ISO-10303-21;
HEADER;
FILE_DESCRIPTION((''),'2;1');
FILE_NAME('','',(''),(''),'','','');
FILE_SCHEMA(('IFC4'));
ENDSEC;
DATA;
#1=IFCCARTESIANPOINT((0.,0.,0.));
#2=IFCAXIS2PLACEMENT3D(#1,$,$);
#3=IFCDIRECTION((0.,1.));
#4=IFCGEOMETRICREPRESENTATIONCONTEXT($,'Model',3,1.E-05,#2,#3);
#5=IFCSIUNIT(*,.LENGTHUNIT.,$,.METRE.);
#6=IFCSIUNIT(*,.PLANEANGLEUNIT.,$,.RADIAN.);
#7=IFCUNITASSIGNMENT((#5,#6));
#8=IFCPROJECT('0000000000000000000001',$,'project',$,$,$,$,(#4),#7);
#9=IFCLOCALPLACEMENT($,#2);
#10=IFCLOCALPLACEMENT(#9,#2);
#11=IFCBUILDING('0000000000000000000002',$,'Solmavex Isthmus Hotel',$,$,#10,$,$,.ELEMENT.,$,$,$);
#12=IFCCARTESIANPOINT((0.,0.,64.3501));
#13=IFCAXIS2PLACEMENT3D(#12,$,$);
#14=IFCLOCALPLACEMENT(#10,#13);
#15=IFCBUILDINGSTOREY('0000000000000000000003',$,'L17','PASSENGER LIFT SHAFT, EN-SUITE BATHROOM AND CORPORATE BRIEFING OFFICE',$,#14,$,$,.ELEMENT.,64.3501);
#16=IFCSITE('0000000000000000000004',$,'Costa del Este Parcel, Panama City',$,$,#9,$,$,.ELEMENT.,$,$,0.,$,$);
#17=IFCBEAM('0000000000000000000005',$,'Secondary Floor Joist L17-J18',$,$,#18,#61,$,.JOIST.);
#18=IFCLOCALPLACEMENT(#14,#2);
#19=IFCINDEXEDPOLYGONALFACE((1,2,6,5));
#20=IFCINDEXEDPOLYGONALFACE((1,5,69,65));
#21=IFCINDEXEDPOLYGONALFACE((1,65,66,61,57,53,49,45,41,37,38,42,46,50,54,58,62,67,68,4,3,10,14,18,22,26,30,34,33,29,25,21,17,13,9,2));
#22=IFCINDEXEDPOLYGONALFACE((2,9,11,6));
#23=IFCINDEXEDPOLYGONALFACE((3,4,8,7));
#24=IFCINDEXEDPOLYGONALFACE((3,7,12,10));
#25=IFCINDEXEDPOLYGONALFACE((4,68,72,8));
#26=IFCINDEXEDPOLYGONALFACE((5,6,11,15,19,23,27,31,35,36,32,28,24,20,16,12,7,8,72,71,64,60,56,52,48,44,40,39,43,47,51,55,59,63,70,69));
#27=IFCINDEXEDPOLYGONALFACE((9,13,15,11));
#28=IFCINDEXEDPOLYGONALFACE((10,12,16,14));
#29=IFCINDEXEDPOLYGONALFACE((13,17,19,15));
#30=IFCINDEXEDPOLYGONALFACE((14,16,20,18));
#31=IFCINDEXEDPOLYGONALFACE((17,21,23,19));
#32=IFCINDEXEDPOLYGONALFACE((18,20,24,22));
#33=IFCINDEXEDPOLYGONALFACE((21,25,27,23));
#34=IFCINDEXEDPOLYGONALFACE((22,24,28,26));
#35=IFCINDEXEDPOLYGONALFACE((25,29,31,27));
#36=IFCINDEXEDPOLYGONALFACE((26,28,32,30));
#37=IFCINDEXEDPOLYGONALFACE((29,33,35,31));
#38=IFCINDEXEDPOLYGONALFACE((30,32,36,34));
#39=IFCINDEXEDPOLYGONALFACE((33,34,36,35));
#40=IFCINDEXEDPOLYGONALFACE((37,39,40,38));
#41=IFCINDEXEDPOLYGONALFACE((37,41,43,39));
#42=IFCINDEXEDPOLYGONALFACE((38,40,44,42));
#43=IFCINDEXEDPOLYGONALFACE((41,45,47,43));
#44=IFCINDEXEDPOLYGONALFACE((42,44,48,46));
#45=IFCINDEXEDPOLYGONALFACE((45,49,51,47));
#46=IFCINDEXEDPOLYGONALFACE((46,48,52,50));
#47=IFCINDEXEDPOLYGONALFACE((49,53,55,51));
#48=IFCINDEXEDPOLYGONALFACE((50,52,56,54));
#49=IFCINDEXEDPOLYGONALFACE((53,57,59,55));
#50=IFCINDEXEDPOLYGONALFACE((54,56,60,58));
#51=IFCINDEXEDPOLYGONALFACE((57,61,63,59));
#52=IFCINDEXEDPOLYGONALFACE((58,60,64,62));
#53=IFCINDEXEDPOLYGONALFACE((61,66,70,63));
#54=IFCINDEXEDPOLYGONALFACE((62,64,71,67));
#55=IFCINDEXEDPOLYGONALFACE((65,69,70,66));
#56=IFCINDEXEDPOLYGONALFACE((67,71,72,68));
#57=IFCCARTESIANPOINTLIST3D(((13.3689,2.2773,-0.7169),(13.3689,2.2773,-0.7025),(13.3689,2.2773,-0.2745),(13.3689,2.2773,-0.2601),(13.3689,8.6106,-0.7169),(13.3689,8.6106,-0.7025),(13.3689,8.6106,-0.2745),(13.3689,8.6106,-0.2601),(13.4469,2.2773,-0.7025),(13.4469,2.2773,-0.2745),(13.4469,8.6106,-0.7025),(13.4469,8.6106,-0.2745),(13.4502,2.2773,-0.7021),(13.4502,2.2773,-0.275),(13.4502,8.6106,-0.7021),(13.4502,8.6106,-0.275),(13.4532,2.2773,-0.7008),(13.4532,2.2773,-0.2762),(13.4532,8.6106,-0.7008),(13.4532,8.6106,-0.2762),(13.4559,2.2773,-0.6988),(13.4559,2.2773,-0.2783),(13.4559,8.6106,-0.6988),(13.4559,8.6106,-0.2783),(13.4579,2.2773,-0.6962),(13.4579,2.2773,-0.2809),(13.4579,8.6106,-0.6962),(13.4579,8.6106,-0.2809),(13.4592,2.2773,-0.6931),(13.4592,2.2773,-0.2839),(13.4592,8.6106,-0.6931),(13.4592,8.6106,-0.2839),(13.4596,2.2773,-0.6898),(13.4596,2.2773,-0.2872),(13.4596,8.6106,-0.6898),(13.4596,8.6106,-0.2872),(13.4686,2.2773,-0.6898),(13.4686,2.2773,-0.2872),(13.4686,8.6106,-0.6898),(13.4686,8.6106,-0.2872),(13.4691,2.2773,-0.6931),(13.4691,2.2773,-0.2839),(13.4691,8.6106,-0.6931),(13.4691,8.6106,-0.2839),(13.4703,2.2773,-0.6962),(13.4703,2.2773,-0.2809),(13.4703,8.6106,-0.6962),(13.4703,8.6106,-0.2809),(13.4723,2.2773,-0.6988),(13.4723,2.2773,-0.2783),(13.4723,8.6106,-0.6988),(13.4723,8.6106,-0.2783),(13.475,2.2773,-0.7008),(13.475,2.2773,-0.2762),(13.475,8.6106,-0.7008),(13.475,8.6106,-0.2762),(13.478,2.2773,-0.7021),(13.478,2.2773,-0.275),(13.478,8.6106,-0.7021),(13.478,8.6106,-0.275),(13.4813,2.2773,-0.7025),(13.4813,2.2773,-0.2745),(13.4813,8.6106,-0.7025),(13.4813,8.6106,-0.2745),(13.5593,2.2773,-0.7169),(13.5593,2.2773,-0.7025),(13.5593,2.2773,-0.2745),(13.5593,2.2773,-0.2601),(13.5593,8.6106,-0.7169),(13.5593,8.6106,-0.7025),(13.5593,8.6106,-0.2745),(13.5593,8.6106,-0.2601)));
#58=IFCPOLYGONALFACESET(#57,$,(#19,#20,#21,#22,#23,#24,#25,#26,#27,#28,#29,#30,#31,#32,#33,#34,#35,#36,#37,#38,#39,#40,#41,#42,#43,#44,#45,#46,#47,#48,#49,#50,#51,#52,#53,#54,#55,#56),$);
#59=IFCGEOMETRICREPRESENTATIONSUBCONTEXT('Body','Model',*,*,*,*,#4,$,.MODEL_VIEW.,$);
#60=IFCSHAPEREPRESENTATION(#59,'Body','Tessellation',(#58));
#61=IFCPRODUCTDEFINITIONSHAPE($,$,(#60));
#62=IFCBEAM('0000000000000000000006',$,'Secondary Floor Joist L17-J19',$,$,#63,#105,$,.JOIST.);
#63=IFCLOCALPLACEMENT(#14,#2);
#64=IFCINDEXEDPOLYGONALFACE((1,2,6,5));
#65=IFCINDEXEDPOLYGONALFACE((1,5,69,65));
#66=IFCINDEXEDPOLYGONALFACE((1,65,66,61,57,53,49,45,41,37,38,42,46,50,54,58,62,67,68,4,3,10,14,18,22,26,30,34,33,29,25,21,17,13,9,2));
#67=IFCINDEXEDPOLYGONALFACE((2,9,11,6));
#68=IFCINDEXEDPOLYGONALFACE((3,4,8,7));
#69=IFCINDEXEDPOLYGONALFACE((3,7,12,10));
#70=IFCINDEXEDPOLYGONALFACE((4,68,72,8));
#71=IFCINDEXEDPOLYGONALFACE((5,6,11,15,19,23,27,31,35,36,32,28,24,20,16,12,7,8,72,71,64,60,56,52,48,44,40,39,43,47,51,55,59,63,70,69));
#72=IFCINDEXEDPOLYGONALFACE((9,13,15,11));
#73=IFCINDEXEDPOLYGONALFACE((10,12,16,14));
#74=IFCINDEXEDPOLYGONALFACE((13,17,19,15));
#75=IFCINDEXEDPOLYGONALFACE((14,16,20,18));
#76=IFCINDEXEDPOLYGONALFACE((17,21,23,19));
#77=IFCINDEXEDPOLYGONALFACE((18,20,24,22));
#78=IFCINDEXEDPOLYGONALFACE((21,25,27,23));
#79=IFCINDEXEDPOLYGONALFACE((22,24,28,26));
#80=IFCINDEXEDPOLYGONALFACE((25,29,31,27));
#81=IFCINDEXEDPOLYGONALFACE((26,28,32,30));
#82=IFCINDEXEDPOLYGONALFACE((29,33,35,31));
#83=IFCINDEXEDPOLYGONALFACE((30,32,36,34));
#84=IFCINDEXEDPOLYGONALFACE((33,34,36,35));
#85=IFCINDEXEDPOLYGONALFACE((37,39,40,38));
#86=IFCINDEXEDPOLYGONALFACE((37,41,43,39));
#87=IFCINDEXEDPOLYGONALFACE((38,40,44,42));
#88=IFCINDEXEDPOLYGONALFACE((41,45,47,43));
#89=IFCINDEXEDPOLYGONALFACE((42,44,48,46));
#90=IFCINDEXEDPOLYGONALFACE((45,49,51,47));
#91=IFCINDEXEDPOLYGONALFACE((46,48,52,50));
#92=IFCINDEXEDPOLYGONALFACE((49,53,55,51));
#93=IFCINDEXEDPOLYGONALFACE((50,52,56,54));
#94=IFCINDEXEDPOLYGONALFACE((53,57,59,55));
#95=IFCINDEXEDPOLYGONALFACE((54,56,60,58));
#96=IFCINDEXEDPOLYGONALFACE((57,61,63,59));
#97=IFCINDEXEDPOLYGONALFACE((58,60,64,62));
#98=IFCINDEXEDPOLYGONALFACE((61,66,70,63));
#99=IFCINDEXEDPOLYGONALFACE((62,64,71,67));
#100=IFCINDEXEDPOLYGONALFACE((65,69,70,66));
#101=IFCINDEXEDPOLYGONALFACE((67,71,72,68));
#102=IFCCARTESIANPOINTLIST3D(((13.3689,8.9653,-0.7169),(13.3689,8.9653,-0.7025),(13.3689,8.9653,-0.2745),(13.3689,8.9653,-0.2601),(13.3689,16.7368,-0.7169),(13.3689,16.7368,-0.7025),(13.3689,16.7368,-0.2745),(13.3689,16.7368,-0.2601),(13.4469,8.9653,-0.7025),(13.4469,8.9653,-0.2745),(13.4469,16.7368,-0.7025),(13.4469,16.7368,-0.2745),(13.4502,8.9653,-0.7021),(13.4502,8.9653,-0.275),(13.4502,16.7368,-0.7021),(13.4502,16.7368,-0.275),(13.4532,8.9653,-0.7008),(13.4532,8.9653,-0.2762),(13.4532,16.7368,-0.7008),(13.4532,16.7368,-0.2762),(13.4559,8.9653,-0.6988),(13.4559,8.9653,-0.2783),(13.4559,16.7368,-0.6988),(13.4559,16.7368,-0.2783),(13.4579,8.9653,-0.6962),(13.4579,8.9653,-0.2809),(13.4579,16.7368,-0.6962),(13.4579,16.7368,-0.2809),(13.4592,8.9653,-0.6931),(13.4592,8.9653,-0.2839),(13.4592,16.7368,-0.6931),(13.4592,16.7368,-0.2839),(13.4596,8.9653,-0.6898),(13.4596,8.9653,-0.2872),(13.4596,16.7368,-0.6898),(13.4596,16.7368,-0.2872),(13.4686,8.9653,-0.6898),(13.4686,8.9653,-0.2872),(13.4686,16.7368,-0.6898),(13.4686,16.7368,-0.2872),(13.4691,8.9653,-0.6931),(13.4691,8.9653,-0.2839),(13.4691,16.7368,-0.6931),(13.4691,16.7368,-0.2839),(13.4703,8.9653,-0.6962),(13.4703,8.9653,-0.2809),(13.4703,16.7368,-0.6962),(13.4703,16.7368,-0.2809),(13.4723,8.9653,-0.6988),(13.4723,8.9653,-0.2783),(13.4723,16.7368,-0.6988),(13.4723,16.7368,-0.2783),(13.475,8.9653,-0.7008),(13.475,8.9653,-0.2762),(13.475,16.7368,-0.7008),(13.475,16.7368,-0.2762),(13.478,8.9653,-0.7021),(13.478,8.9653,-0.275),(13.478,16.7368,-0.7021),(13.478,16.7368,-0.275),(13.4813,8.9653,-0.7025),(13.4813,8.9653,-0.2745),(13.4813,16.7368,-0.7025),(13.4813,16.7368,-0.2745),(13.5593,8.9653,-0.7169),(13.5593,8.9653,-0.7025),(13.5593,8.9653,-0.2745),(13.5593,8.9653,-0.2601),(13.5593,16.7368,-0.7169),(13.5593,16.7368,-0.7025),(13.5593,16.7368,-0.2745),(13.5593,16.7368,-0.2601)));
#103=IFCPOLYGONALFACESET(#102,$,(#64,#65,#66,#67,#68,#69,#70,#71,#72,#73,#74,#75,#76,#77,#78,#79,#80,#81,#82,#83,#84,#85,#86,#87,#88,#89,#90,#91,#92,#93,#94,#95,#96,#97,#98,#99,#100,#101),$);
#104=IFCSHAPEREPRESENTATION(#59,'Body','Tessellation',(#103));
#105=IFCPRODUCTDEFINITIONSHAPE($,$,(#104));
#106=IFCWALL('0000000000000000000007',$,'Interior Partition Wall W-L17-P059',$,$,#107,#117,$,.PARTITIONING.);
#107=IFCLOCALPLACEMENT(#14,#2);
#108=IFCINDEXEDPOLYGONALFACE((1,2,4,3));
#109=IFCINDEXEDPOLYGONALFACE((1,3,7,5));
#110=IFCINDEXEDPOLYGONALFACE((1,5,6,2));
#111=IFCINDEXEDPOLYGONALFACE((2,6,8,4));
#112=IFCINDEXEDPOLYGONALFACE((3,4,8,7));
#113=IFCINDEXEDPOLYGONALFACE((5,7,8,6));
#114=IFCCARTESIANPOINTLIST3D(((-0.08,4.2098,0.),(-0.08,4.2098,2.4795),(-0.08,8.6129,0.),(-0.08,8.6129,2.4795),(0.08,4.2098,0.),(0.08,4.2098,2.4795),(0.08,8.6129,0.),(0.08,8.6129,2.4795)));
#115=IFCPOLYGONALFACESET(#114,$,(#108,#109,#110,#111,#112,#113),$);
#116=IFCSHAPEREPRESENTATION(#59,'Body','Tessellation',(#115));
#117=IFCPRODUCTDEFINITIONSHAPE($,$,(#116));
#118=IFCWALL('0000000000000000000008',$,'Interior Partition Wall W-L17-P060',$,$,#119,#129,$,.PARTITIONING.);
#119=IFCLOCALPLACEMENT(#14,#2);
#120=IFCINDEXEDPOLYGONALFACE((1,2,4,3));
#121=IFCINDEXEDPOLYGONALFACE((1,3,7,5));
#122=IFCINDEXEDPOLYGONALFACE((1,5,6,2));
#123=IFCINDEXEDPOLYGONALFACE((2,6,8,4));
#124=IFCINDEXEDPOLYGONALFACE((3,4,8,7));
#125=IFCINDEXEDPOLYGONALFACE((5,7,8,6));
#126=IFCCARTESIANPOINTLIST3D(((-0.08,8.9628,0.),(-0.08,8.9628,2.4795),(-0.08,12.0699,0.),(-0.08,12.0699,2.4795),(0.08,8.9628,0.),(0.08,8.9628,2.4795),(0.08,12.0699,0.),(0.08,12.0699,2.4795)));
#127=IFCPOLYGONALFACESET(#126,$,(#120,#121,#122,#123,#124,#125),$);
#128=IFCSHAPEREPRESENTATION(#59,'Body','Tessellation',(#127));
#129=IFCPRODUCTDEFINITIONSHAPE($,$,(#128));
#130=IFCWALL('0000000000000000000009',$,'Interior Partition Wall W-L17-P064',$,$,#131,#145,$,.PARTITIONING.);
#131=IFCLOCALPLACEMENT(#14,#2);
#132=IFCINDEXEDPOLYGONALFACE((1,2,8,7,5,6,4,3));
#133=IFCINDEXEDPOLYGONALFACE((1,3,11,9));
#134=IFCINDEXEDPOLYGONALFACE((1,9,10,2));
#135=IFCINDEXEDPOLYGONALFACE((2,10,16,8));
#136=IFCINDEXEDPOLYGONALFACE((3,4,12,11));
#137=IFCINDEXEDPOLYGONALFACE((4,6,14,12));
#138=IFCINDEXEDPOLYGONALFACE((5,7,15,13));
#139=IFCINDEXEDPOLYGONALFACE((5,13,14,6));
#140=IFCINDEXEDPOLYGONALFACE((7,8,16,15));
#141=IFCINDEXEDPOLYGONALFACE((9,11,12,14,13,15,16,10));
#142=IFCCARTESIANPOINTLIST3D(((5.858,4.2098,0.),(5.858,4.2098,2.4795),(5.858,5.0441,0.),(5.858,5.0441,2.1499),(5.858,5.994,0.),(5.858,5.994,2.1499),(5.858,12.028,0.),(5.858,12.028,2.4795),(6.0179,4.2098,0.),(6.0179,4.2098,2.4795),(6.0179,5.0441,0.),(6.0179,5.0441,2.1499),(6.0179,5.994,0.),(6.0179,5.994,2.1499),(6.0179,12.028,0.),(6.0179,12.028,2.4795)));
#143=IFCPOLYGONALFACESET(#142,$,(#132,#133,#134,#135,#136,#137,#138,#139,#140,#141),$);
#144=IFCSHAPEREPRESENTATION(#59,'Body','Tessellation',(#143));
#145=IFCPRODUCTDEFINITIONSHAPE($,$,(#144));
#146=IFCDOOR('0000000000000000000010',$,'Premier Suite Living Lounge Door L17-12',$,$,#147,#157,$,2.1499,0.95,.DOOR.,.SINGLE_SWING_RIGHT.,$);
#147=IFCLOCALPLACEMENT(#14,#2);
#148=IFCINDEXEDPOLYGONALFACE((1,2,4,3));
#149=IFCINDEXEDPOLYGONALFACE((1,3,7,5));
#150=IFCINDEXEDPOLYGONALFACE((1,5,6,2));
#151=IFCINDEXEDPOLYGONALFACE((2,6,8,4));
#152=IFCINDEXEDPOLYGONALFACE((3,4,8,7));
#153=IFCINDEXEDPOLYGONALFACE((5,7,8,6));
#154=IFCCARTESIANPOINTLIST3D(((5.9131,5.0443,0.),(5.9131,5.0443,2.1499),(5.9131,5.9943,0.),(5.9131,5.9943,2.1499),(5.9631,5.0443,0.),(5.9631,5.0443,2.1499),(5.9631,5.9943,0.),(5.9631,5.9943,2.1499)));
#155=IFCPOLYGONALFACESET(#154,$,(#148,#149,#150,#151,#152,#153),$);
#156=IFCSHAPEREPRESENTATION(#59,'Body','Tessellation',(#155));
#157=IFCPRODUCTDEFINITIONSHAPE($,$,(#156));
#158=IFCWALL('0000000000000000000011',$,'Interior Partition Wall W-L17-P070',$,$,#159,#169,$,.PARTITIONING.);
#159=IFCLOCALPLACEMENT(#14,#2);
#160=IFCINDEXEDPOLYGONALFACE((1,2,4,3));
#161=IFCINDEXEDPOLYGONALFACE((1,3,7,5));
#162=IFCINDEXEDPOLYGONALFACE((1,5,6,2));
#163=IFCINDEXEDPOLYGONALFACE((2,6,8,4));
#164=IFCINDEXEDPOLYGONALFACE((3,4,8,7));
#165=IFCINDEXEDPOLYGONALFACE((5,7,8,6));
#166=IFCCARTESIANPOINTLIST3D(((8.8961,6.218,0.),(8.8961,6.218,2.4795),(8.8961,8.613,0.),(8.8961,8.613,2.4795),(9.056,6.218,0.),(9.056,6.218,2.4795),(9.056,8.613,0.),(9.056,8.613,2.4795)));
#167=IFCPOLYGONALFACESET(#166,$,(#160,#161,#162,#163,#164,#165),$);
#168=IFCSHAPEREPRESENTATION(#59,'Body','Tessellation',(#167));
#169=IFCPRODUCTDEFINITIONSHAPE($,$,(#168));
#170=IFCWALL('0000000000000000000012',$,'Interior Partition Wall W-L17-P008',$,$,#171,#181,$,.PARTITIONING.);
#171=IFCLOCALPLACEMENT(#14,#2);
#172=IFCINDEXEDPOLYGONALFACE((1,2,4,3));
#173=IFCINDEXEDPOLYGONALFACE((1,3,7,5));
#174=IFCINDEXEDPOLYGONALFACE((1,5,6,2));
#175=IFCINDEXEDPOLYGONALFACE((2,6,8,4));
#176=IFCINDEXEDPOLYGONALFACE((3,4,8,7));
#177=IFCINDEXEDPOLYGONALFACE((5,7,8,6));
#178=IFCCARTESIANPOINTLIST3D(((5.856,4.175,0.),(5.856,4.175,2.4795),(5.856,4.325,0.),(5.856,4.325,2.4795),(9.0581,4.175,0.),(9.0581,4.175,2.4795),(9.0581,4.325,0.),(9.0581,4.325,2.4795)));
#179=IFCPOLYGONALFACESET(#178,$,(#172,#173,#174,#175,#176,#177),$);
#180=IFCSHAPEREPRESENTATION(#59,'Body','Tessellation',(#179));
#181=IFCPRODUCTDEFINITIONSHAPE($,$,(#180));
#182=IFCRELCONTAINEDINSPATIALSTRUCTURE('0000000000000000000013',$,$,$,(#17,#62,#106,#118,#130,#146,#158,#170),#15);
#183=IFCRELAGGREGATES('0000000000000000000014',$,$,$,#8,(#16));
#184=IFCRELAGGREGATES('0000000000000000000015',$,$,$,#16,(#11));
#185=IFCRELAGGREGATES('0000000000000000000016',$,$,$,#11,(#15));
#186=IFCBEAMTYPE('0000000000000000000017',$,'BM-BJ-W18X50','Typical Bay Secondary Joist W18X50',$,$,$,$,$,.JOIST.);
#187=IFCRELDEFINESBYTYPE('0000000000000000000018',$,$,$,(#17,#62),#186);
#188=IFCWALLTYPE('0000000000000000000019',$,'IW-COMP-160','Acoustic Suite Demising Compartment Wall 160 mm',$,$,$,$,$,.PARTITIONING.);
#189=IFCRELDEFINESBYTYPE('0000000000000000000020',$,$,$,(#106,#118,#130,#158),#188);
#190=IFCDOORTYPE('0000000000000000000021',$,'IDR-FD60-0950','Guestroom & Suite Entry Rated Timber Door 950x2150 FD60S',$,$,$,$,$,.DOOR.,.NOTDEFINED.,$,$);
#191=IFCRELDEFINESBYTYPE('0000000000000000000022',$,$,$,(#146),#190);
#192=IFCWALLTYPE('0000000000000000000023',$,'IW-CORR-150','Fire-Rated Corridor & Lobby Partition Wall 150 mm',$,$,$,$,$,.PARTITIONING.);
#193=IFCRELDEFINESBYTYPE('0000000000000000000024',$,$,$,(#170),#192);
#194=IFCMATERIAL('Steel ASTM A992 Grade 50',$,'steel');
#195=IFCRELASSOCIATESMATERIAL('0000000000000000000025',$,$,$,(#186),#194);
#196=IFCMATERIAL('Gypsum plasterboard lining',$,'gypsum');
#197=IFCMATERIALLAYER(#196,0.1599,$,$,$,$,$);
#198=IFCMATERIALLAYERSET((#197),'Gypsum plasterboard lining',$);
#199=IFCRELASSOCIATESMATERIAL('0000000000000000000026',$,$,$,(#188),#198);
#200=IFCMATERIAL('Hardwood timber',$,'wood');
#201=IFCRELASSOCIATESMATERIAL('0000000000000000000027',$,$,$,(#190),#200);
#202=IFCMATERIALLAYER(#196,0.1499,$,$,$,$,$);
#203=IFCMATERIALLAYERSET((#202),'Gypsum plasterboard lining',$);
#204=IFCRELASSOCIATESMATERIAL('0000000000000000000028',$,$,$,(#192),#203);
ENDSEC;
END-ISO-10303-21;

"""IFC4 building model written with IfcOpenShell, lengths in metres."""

from ifc_helpers import new_model, si_unit, direction, frame, frame_2d, origin, origin_2d, place, context, subcontext, project, spatial, rectangle, i_section, extrude, material, layer, layer_set, material_profile, profile_set, type_object, element, fill, save


model = new_model("IFC4")

# Units and contexts
model_context = context("Model", 3, precision=1e-05, world=origin(), true_north=direction((0.0, 1.0)))
body_context = subcontext(model_context, "Body", "Model", "MODEL_VIEW")
ifc_project = project(units=[si_unit("LENGTHUNIT", "METRE"), si_unit("PLANEANGLEUNIT", "RADIAN")], contexts=[model_context])

# Site, building, storey
site_placement = place(None, origin())
site = spatial("IfcSite", under=ifc_project, at=site_placement, Name="Costa del Este Parcel, Panama City", CompositionType="ELEMENT", RefElevation=0.0)
building_placement = place(site_placement, origin())
building = spatial("IfcBuilding", under=site, at=building_placement, Name="Solmavex Isthmus Hotel", CompositionType="ELEMENT")
storey_placement = place(building_placement, frame((0.0, 0.0, 64.3501)))
storey = spatial("IfcBuildingStorey", under=building, at=storey_placement, Name="L17", Description="PASSENGER LIFT SHAFT, EN-SUITE BATHROOM AND CORPORATE BRIEFING OFFICE", CompositionType="ELEMENT", Elevation=64.3501)

# Beams
ifc_material_1 = material(Name="Steel ASTM A992 Grade 50", Category="steel")
ifc_material_profile_1 = material_profile(ifc_material_1, i_section(OverallWidth=0.1904, OverallDepth=0.4568, WebThickness=0.009, FlangeThickness=0.0144, FilletRadius=0.0127, at=origin_2d()), Name="W18X50")
ifc_profile_set_1 = profile_set([ifc_material_profile_1], Name="Steel ASTM A992 Grade 50")
beam_type_1 = type_object("IfcBeamType", Name="BM-BJ-W18X50", Description="Typical Bay Secondary Joist W18X50", PredefinedType="JOIST", material=ifc_profile_set_1)
beam_1_placement = place(storey_placement, frame((13.4641, 2.2773, -0.4885), z_axis=(0.0, 1.0, 0.0), x_axis=(-1.0, 0.0, 0.0)))
element("IfcBeam", 1, at=beam_1_placement, inside=storey, type_object=beam_type_1, Name="Secondary Floor Joist L17-J18", PredefinedType="JOIST", context=body_context, shape_type="SweptSolid", body=[
    extrude(i_section(OverallWidth=0.1904, OverallDepth=0.4568, WebThickness=0.009, FlangeThickness=0.0144, FilletRadius=0.0127, at=origin_2d()), origin(), (0.0, 0.0, 1.0), 6.3333),
])
beam_2_placement = place(storey_placement, frame((13.4641, 8.9653, -0.4885), z_axis=(0.0, 1.0, 0.0), x_axis=(-1.0, 0.0, 0.0)))
element("IfcBeam", 2, at=beam_2_placement, inside=storey, type_object=beam_type_1, Name="Secondary Floor Joist L17-J19", PredefinedType="JOIST", context=body_context, shape_type="SweptSolid", body=[
    extrude(i_section(OverallWidth=0.1904, OverallDepth=0.4568, WebThickness=0.009, FlangeThickness=0.0144, FilletRadius=0.0127, at=origin_2d()), origin(), (0.0, 0.0, 1.0), 7.7715),
])

# Walls
ifc_material_2 = material(Name="Gypsum plasterboard lining", Category="gypsum")
ifc_layer_1 = layer(ifc_material_2, 0.1599)
ifc_layer_set_1 = layer_set([ifc_layer_1], Name="Gypsum plasterboard lining")
wall_type_1 = type_object("IfcWallType", Name="IW-COMP-160", Description="Acoustic Suite Demising Compartment Wall 160 mm", PredefinedType="PARTITIONING", material=ifc_layer_set_1)
wall_1_placement = place(storey_placement, frame((0.0, 8.613, 0.0), z_axis=(0.0, 0.0, 1.0), x_axis=(0.0, -1.0, 0.0)))
element("IfcWall", 3, at=wall_1_placement, inside=storey, type_object=wall_type_1, Name="Interior Partition Wall W-L17-P059", PredefinedType="PARTITIONING", context=body_context, shape_type="SweptSolid", body=[
    extrude(rectangle(XDim=4.4031, YDim=0.1599, at=frame_2d((2.2017, 0.0))), origin(), (0.0, 0.0, 1.0), 2.4795),
])
wall_2_placement = place(storey_placement, frame((0.0, 12.0701, 0.0), z_axis=(0.0, 0.0, 1.0), x_axis=(0.0, -1.0, 0.0)))
element("IfcWall", 4, at=wall_2_placement, inside=storey, type_object=wall_type_1, Name="Interior Partition Wall W-L17-P060", PredefinedType="PARTITIONING", context=body_context, shape_type="SweptSolid", body=[
    extrude(rectangle(XDim=3.1072, YDim=0.1599, at=frame_2d((1.5537, 0.0))), origin(), (0.0, 0.0, 1.0), 2.4795),
])

# Wall, opening, door
wall_3_placement = place(storey_placement, frame((5.938, 12.0281, 0.0), z_axis=(0.0, 0.0, 1.0), x_axis=(0.0, -1.0, 0.0)))
wall_3 = element("IfcWall", 5, at=wall_3_placement, inside=storey, type_object=wall_type_1, Name="Interior Partition Wall W-L17-P064", PredefinedType="PARTITIONING", context=body_context, shape_type="SweptSolid", body=[
    extrude(rectangle(XDim=7.8181, YDim=0.1599, at=frame_2d((3.9092, 0.0))), origin(), (0.0, 0.0, 1.0), 2.4795),
])
opening_1_placement = place(wall_3_placement, frame((6.0339, 0.0, 0.0)))
opening_1 = element("IfcOpeningElement", 6, at=opening_1_placement, cuts=wall_3, PredefinedType="OPENING", context=body_context, shape_type="SweptSolid", body=[
    extrude(rectangle(XDim=0.95, YDim=2.1499, at=frame_2d((0.4751, 1.075))), frame((0.0, 0.0898, 0.0), z_axis=(0.0, -1.0, 0.0), x_axis=(1.0, 0.0, 0.0)), (0.0, 0.0, 1.0), 0.1799),
])
ifc_material_3 = material(Name="Hardwood timber", Category="wood")
door_type_1 = type_object("IfcDoorType", Name="IDR-FD60-0950", Description="Guestroom & Suite Entry Rated Timber Door 950x2150 FD60S", OperationType="NOTDEFINED", PredefinedType="DOOR", material=ifc_material_3)
door_1_placement = place(opening_1_placement, frame((0.95, 0.0, 0.0), z_axis=(0.0, 0.0, 1.0), x_axis=(-1.0, 0.0, 0.0)))
door_1 = element("IfcDoor", 7, at=door_1_placement, inside=storey, type_object=door_type_1, Name="Premier Suite Living Lounge Door L17-12", OperationType="SINGLE_SWING_RIGHT", OverallHeight=2.1499, OverallWidth=0.95, PredefinedType="DOOR", context=body_context, shape_type="SweptSolid", body=[
    extrude(rectangle(XDim=0.95, YDim=2.1499, at=frame_2d((0.4751, 1.075))), frame((0.0, 0.0249, 0.0), z_axis=(0.0, -1.0, 0.0), x_axis=(1.0, 0.0, 0.0)), (0.0, 0.0, 1.0), 0.05),
])
fill(opening_1, door_1)

# Walls
wall_4_placement = place(storey_placement, frame((8.9761, 8.613, 0.0), z_axis=(0.0, 0.0, 1.0), x_axis=(0.0, -1.0, 0.0)))
element("IfcWall", 8, at=wall_4_placement, inside=storey, type_object=wall_type_1, Name="Interior Partition Wall W-L17-P070", PredefinedType="PARTITIONING", context=body_context, shape_type="SweptSolid", body=[
    extrude(rectangle(XDim=2.395, YDim=0.1599, at=frame_2d((1.1975, 0.0))), origin(), (0.0, 0.0, 1.0), 2.4795),
])
ifc_layer_2 = layer(ifc_material_2, 0.1499)
ifc_layer_set_2 = layer_set([ifc_layer_2], Name="Gypsum plasterboard lining")
wall_type_2 = type_object("IfcWallType", Name="IW-CORR-150", Description="Fire-Rated Corridor & Lobby Partition Wall 150 mm", PredefinedType="PARTITIONING", material=ifc_layer_set_2)
wall_5_placement = place(storey_placement, frame((5.856, 4.25, 0.0), z_axis=(0.0, 0.0, 1.0), x_axis=(1.0, 0.0, 0.0)))
element("IfcWall", 9, at=wall_5_placement, inside=storey, type_object=wall_type_2, Name="Interior Partition Wall W-L17-P008", PredefinedType="PARTITIONING", context=body_context, shape_type="SweptSolid", body=[
    extrude(rectangle(XDim=3.2021, YDim=0.1499, at=frame_2d((1.6011, 0.0))), origin(), (0.0, 0.0, 1.0), 2.4795),
])

save(model, "model.ifc")
